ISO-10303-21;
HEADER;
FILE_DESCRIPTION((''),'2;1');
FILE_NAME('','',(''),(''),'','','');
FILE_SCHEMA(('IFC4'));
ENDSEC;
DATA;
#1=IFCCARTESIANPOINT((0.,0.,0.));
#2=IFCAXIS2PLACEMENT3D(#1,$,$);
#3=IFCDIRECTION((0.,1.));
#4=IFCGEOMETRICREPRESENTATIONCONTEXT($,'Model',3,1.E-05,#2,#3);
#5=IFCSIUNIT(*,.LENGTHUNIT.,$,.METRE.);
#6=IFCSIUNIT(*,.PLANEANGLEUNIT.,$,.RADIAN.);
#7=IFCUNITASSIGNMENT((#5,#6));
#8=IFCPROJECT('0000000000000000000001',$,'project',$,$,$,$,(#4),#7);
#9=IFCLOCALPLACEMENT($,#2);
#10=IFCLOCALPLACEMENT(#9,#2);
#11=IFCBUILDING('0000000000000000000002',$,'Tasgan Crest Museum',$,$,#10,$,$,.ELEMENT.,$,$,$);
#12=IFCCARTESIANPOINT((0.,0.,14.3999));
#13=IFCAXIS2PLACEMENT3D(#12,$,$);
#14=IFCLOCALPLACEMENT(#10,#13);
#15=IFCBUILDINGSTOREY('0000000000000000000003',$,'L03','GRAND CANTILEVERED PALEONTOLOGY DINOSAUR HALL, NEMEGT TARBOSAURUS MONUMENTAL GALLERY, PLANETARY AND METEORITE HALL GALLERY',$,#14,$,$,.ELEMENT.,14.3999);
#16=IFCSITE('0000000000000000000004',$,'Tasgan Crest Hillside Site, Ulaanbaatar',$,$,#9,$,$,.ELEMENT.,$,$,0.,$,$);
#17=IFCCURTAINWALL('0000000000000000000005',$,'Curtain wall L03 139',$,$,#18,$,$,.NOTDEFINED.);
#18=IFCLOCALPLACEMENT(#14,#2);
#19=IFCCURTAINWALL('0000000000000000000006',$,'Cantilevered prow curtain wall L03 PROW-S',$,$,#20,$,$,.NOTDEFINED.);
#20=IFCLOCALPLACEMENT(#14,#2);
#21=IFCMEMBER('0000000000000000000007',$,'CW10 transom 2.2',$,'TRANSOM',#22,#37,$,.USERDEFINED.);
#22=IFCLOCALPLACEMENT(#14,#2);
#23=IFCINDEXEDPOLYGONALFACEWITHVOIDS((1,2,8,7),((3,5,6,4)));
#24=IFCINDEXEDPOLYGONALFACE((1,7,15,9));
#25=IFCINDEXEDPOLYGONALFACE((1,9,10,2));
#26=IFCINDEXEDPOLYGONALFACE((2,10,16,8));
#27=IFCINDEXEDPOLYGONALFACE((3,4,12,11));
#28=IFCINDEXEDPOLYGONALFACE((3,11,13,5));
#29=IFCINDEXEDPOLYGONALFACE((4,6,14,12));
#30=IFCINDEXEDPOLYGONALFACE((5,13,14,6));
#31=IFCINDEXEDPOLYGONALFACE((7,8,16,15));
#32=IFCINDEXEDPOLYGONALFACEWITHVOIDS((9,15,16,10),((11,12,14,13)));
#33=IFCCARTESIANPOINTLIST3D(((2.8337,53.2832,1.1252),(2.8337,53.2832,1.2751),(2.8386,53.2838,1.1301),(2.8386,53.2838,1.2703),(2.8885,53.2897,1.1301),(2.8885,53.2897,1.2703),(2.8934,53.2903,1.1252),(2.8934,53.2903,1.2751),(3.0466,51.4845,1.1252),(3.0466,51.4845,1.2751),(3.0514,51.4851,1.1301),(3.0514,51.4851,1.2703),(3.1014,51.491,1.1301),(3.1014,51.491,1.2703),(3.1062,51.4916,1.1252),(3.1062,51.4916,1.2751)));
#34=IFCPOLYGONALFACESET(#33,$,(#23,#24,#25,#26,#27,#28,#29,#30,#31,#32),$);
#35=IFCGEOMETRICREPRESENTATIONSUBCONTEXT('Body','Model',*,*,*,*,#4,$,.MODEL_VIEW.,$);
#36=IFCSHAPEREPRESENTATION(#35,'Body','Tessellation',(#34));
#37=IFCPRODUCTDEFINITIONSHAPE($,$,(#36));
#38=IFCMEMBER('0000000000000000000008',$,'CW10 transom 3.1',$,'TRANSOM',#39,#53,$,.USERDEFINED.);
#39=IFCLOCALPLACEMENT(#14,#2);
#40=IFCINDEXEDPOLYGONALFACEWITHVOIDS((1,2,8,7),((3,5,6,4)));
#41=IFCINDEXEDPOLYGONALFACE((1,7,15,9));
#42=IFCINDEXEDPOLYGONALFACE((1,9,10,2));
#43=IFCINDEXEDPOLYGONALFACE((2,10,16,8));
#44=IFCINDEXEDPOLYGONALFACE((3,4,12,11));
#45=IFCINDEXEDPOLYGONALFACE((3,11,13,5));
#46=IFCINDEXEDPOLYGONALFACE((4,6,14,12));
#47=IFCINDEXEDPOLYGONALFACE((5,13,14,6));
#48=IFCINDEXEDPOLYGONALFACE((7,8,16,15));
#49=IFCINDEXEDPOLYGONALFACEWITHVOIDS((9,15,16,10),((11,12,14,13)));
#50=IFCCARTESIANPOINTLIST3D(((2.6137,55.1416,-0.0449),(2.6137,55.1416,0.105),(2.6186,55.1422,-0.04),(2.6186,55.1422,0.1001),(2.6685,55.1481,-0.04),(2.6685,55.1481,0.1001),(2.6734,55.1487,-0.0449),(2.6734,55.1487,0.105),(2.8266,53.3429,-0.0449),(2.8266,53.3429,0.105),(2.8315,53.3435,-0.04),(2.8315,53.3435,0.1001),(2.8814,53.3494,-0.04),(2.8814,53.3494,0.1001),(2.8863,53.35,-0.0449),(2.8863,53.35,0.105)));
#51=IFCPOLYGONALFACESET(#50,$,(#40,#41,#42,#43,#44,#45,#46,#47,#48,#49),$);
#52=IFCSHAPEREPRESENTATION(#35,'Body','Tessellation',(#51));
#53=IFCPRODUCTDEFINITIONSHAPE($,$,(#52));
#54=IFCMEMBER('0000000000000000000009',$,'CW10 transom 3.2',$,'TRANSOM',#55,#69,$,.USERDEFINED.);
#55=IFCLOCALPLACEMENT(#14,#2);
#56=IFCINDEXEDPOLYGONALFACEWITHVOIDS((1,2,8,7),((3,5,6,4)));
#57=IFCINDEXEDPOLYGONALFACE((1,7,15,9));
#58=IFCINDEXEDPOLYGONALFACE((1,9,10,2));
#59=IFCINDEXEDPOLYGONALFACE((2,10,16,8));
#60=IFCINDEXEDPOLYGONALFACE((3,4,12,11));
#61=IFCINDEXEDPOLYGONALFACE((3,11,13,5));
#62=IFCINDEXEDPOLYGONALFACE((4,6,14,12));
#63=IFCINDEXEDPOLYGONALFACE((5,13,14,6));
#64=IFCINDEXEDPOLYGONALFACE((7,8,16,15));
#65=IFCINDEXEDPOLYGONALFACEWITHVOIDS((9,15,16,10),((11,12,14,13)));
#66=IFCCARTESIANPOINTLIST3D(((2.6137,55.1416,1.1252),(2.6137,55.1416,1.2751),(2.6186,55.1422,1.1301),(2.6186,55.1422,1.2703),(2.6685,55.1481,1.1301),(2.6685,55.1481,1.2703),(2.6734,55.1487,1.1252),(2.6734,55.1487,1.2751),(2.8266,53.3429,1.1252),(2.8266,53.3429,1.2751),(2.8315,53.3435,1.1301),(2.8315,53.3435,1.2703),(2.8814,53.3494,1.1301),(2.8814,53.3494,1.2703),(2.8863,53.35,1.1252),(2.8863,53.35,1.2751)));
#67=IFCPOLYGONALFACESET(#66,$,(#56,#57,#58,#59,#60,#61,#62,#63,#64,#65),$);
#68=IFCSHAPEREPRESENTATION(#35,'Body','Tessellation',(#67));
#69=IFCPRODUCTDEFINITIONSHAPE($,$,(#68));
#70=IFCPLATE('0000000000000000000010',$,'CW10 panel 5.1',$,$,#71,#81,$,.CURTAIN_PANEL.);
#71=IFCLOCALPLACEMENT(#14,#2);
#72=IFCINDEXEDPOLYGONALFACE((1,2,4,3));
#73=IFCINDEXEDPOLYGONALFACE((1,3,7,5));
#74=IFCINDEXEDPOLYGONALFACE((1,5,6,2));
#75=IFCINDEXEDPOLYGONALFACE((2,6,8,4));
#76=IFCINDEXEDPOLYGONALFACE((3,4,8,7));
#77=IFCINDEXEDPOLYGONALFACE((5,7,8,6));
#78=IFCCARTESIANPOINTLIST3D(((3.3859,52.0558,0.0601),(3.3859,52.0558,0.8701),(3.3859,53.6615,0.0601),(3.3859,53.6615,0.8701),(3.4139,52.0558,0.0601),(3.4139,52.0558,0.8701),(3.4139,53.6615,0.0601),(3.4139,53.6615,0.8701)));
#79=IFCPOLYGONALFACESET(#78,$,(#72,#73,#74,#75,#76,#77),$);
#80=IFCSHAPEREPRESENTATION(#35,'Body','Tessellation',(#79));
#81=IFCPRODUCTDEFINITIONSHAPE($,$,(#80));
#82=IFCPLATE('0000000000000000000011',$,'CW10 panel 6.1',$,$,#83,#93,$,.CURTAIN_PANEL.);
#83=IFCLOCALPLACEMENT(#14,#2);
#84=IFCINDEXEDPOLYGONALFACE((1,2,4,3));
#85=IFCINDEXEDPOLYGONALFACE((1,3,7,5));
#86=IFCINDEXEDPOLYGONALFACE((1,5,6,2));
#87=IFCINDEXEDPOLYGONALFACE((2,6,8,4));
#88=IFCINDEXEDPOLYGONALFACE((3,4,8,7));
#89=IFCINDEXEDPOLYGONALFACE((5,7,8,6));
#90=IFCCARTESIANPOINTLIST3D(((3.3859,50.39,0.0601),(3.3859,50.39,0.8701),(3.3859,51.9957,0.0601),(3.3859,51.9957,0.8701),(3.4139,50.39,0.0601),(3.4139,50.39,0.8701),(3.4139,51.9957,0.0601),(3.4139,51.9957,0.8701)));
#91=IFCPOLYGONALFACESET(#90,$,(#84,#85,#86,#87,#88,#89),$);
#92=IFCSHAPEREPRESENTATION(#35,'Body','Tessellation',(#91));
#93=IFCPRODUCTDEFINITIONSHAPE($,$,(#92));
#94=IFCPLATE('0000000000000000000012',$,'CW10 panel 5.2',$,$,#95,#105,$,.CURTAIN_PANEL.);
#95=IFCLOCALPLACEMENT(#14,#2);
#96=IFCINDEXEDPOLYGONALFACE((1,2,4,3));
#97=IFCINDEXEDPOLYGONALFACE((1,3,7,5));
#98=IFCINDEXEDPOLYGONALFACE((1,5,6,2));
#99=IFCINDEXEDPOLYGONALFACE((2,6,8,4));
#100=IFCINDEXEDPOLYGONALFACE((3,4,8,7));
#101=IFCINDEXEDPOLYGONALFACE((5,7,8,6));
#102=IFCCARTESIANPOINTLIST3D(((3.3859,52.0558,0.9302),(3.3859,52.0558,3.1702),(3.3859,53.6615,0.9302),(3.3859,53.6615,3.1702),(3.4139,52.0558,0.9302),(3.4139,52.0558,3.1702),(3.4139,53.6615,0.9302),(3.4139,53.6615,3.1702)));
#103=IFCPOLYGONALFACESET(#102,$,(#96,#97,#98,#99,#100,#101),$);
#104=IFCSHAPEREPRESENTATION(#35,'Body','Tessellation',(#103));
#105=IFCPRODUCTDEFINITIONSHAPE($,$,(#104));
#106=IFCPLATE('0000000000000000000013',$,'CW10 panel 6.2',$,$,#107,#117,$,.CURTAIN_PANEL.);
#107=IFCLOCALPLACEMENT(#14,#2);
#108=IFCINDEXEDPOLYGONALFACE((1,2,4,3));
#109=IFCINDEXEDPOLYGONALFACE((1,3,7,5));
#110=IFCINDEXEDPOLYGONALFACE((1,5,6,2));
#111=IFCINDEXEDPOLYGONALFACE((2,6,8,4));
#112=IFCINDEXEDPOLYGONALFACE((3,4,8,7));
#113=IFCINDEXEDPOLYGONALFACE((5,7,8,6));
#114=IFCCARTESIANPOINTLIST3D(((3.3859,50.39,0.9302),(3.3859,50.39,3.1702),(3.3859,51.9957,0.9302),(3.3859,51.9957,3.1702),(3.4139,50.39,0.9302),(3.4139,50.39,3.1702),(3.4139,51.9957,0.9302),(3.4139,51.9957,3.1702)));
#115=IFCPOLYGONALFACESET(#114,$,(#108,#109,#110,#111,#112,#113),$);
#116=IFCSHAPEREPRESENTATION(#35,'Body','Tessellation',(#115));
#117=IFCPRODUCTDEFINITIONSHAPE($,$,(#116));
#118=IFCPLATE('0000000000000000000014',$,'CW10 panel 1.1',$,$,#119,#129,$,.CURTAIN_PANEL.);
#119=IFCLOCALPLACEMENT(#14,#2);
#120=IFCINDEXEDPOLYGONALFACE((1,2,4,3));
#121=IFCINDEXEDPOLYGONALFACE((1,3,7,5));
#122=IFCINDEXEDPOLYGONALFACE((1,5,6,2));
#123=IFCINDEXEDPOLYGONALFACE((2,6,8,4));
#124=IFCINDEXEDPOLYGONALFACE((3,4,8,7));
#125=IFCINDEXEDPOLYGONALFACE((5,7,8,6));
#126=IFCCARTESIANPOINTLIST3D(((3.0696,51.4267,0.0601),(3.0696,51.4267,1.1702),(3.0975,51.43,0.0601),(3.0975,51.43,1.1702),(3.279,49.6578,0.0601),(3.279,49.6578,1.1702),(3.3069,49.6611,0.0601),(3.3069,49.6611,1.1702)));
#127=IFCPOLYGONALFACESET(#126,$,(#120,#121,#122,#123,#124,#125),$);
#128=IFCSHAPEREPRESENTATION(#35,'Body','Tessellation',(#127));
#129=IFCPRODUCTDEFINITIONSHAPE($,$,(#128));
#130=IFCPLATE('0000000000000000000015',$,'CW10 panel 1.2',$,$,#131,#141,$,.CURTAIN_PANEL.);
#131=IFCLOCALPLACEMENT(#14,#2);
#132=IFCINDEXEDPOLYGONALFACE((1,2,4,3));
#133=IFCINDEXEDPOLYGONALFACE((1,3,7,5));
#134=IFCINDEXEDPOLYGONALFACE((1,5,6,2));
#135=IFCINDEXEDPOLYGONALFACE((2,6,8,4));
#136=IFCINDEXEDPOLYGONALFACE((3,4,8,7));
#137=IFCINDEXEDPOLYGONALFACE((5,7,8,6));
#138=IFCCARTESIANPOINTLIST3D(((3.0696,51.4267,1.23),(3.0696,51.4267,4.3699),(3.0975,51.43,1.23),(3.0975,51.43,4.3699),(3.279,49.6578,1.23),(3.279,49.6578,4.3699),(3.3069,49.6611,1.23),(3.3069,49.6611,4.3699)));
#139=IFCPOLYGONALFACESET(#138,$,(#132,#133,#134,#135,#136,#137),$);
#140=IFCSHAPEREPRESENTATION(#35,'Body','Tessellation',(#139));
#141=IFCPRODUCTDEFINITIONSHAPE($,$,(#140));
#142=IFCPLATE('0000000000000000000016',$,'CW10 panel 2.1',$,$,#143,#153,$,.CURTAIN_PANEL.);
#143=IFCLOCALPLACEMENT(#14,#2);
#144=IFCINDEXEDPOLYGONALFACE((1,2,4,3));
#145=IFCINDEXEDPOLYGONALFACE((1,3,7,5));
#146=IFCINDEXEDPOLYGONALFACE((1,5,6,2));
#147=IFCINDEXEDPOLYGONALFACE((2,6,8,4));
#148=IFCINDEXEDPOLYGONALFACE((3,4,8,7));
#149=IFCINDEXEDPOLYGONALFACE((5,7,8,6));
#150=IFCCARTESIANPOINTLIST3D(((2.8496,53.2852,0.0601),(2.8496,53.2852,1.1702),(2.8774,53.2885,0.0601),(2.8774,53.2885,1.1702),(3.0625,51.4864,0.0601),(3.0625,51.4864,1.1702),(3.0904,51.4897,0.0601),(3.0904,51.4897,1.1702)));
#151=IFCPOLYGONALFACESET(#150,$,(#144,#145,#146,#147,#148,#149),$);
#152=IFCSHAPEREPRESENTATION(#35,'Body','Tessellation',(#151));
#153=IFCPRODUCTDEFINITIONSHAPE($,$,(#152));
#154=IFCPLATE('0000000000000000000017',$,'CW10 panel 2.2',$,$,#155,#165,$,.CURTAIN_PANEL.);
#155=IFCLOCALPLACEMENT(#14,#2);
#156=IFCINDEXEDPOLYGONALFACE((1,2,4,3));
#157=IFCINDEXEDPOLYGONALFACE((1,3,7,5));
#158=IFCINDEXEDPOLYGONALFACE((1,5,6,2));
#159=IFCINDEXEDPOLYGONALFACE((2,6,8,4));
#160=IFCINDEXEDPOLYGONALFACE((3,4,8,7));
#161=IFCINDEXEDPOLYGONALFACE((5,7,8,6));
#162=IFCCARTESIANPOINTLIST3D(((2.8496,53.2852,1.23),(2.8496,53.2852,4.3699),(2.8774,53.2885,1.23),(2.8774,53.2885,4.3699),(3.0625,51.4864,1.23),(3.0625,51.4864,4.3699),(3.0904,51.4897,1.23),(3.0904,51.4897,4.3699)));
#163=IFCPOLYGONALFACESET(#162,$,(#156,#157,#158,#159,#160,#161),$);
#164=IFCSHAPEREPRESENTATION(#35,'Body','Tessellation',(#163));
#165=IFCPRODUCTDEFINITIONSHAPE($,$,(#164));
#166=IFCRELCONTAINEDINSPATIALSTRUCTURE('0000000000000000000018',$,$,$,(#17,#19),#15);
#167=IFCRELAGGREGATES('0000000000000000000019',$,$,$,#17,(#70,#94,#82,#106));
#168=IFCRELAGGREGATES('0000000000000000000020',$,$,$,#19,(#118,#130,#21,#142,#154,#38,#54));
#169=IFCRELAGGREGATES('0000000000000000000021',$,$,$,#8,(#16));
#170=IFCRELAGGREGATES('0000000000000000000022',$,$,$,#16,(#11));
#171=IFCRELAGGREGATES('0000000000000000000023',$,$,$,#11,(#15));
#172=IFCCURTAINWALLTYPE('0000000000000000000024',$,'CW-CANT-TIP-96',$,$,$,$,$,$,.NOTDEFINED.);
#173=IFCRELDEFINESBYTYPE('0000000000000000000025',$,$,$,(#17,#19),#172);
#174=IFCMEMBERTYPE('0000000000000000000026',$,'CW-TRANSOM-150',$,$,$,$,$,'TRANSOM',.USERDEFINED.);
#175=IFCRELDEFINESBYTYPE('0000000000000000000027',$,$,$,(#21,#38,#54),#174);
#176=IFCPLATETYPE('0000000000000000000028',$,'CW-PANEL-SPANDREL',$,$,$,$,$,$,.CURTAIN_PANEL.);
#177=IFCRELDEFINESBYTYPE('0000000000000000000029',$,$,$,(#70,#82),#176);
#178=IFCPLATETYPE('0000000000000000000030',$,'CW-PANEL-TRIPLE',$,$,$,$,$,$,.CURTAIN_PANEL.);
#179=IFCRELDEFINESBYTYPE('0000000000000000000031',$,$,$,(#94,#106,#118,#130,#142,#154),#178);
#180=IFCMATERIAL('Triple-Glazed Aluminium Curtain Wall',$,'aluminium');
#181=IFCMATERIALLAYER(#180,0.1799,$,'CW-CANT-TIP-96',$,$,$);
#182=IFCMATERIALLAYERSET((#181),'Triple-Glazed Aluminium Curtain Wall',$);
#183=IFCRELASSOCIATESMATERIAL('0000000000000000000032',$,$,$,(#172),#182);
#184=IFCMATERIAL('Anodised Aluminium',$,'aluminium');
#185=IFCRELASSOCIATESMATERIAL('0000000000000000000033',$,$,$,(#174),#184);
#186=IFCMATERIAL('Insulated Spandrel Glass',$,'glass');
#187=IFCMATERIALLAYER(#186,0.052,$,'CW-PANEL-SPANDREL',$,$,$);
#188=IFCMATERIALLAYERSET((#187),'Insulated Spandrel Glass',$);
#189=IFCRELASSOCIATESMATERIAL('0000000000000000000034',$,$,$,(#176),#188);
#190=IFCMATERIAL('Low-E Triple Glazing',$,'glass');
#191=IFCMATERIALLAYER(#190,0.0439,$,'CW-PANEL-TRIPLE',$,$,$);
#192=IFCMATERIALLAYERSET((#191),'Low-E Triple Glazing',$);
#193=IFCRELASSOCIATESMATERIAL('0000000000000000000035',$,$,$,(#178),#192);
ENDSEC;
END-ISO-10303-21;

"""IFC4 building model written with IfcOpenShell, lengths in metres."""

from ifc_helpers import new_model, si_unit, direction, frame, origin, origin_2d, place, context, subcontext, project, spatial, rectangle, hollow_rectangle, extrude, material, layer, layer_set, material_profile, profile_set, type_object, element, aggregate, save


model = new_model("IFC4")

# Units and contexts
model_context = context("Model", 3, precision=1e-05, world=origin(), true_north=direction((0.0, 1.0)))
body_context = subcontext(model_context, "Body", "Model", "MODEL_VIEW")
ifc_project = project(units=[si_unit("LENGTHUNIT", "METRE"), si_unit("PLANEANGLEUNIT", "RADIAN")], contexts=[model_context])

# Site, building, storey
site_placement = place(None, origin())
site = spatial("IfcSite", under=ifc_project, at=site_placement, Name="Tasgan Crest Hillside Site, Ulaanbaatar", CompositionType="ELEMENT", RefElevation=0.0)
building_placement = place(site_placement, origin())
building = spatial("IfcBuilding", under=site, at=building_placement, Name="Tasgan Crest Museum", CompositionType="ELEMENT")
storey_placement = place(building_placement, frame((0.0, 0.0, 14.3999)))
storey = spatial("IfcBuildingStorey", under=building, at=storey_placement, Name="L03", Description="GRAND CANTILEVERED PALEONTOLOGY DINOSAUR HALL, NEMEGT TARBOSAURUS MONUMENTAL GALLERY, PLANETARY AND METEORITE HALL GALLERY", CompositionType="ELEMENT", Elevation=14.3999)

# Curtain walls
ifc_material_1 = material(Name="Triple-Glazed Aluminium Curtain Wall", Category="aluminium")
ifc_layer_1 = layer(ifc_material_1, 0.1799, Name="CW-CANT-TIP-96")
ifc_layer_set_1 = layer_set([ifc_layer_1], Name="Triple-Glazed Aluminium Curtain Wall")
curtain_wall_type = type_object("IfcCurtainWallType", Name="CW-CANT-TIP-96", PredefinedType="NOTDEFINED", material=ifc_layer_set_1)
curtain_wall_1_placement = place(storey_placement, origin())
curtain_wall_1 = element("IfcCurtainWall", 1, at=curtain_wall_1_placement, inside=storey, type_object=curtain_wall_type, Name="Curtain wall L03 139", PredefinedType="NOTDEFINED")
curtain_wall_2_placement = place(storey_placement, origin())
curtain_wall_2 = element("IfcCurtainWall", 2, at=curtain_wall_2_placement, inside=storey, type_object=curtain_wall_type, Name="Cantilevered prow curtain wall L03 PROW-S", PredefinedType="NOTDEFINED")

# Members
ifc_material_2 = material(Name="Anodised Aluminium", Category="aluminium")
ifc_material_profile_1 = material_profile(ifc_material_2, hollow_rectangle(XDim=0.0601, YDim=0.1499, WallThickness=0.0049, at=origin_2d()), Name="ALU TRANSOM 150x60x5")
ifc_profile_set_1 = profile_set([ifc_material_profile_1], Name="Anodised Aluminium")
member_type_1 = type_object("IfcMemberType", Name="CW-TRANSOM-150", ElementType="TRANSOM", PredefinedType="USERDEFINED", material=ifc_profile_set_1)
member_1_placement = place(storey_placement, frame((3.0764, 51.488, 1.2002), z_axis=(-0.117529, 0.993069, 0.0), x_axis=(-0.993069, -0.117529, 0.0)))
member_1 = element("IfcMember", 3, at=member_1_placement, type_object=member_type_1, Name="CW10 transom 2.2", ObjectType="TRANSOM", PredefinedType="USERDEFINED", context=body_context, shape_type="SweptSolid", body=[
    extrude(hollow_rectangle(XDim=0.0601, YDim=0.1499, WallThickness=0.0049, at=origin_2d()), origin(), (0.0, 0.0, 1.0), 1.8113),
])
member_2_placement = place(storey_placement, frame((2.8564, 53.3464, 0.03), z_axis=(-0.117529, 0.993069, 0.0), x_axis=(-0.993069, -0.117529, 0.0)))
member_2 = element("IfcMember", 4, at=member_2_placement, type_object=member_type_1, Name="CW10 transom 3.1", ObjectType="TRANSOM", PredefinedType="USERDEFINED", context=body_context, shape_type="SweptSolid", body=[
    extrude(hollow_rectangle(XDim=0.0601, YDim=0.1499, WallThickness=0.0049, at=origin_2d()), origin(), (0.0, 0.0, 1.0), 1.8113),
])
member_3_placement = place(storey_placement, frame((2.8564, 53.3464, 1.2002), z_axis=(-0.117529, 0.993069, 0.0), x_axis=(-0.993069, -0.117529, 0.0)))
member_3 = element("IfcMember", 5, at=member_3_placement, type_object=member_type_1, Name="CW10 transom 3.2", ObjectType="TRANSOM", PredefinedType="USERDEFINED", context=body_context, shape_type="SweptSolid", body=[
    extrude(hollow_rectangle(XDim=0.0601, YDim=0.1499, WallThickness=0.0049, at=origin_2d()), origin(), (0.0, 0.0, 1.0), 1.8113),
])

# Plates
ifc_material_3 = material(Name="Insulated Spandrel Glass", Category="glass")
ifc_layer_2 = layer(ifc_material_3, 0.052, Name="CW-PANEL-SPANDREL")
ifc_layer_set_2 = layer_set([ifc_layer_2], Name="Insulated Spandrel Glass")
plate_type_1 = type_object("IfcPlateType", Name="CW-PANEL-SPANDREL", PredefinedType="CURTAIN_PANEL", material=ifc_layer_set_2)
plate_1_placement = place(storey_placement, frame((3.3999, 52.8586, 0.0601), z_axis=(0.0, 0.0, 1.0), x_axis=(0.0, -1.0, 0.0)))
plate_1 = element("IfcPlate", 6, at=plate_1_placement, type_object=plate_type_1, Name="CW10 panel 5.1", PredefinedType="CURTAIN_PANEL", context=body_context, shape_type="SweptSolid", body=[
    extrude(rectangle(XDim=1.6057, YDim=0.0281, at=origin_2d()), origin(), (0.0, 0.0, 1.0), 0.8101),
])
plate_2_placement = place(storey_placement, frame((3.3999, 51.1929, 0.0601), z_axis=(0.0, 0.0, 1.0), x_axis=(0.0, -1.0, 0.0)))
plate_2 = element("IfcPlate", 7, at=plate_2_placement, type_object=plate_type_1, Name="CW10 panel 6.1", PredefinedType="CURTAIN_PANEL", context=body_context, shape_type="SweptSolid", body=[
    extrude(rectangle(XDim=1.6057, YDim=0.0281, at=origin_2d()), origin(), (0.0, 0.0, 1.0), 0.8101),
])
ifc_material_4 = material(Name="Low-E Triple Glazing", Category="glass")
ifc_layer_3 = layer(ifc_material_4, 0.0439, Name="CW-PANEL-TRIPLE")
ifc_layer_set_3 = layer_set([ifc_layer_3], Name="Low-E Triple Glazing")
plate_type_2 = type_object("IfcPlateType", Name="CW-PANEL-TRIPLE", PredefinedType="CURTAIN_PANEL", material=ifc_layer_set_3)
plate_3_placement = place(storey_placement, frame((3.3999, 52.8586, 0.9302), z_axis=(0.0, 0.0, 1.0), x_axis=(0.0, -1.0, 0.0)))
plate_3 = element("IfcPlate", 8, at=plate_3_placement, type_object=plate_type_2, Name="CW10 panel 5.2", PredefinedType="CURTAIN_PANEL", context=body_context, shape_type="SweptSolid", body=[
    extrude(rectangle(XDim=1.6057, YDim=0.0281, at=origin_2d()), origin(), (0.0, 0.0, 1.0), 2.24),
])
plate_4_placement = place(storey_placement, frame((3.3999, 51.1929, 0.9302), z_axis=(0.0, 0.0, 1.0), x_axis=(0.0, -1.0, 0.0)))
plate_4 = element("IfcPlate", 9, at=plate_4_placement, type_object=plate_type_2, Name="CW10 panel 6.2", PredefinedType="CURTAIN_PANEL", context=body_context, shape_type="SweptSolid", body=[
    extrude(rectangle(XDim=1.6057, YDim=0.0281, at=origin_2d()), origin(), (0.0, 0.0, 1.0), 2.24),
])
aggregate(curtain_wall_1, [plate_1, plate_3, plate_2, plate_4])
plate_5_placement = place(storey_placement, frame((3.1882, 50.5439, 0.0601), z_axis=(0.0, 0.0, 1.0), x_axis=(-0.117565, 0.993065, 0.0)))
plate_5 = element("IfcPlate", 10, at=plate_5_placement, type_object=plate_type_2, Name="CW10 panel 1.1", PredefinedType="CURTAIN_PANEL", context=body_context, shape_type="SweptSolid", body=[
    extrude(rectangle(XDim=1.7812, YDim=0.0281, at=origin_2d()), origin(), (0.0, 0.0, 1.0), 1.1101),
])
plate_6_placement = place(storey_placement, frame((3.1882, 50.5439, 1.23), z_axis=(0.0, 0.0, 1.0), x_axis=(-0.117565, 0.993065, 0.0)))
plate_6 = element("IfcPlate", 11, at=plate_6_placement, type_object=plate_type_2, Name="CW10 panel 1.2", PredefinedType="CURTAIN_PANEL", context=body_context, shape_type="SweptSolid", body=[
    extrude(rectangle(XDim=1.7812, YDim=0.0281, at=origin_2d()), origin(), (0.0, 0.0, 1.0), 3.1399),
])
plate_7_placement = place(storey_placement, frame((2.97, 52.3875, 0.0601), z_axis=(0.0, 0.0, 1.0), x_axis=(-0.117565, 0.993065, 0.0)))
plate_7 = element("IfcPlate", 12, at=plate_7_placement, type_object=plate_type_2, Name="CW10 panel 2.1", PredefinedType="CURTAIN_PANEL", context=body_context, shape_type="SweptSolid", body=[
    extrude(rectangle(XDim=1.8113, YDim=0.0281, at=origin_2d()), origin(), (0.0, 0.0, 1.0), 1.1101),
])
plate_8_placement = place(storey_placement, frame((2.97, 52.3875, 1.23), z_axis=(0.0, 0.0, 1.0), x_axis=(-0.117565, 0.993065, 0.0)))
plate_8 = element("IfcPlate", 13, at=plate_8_placement, type_object=plate_type_2, Name="CW10 panel 2.2", PredefinedType="CURTAIN_PANEL", context=body_context, shape_type="SweptSolid", body=[
    extrude(rectangle(XDim=1.8113, YDim=0.0281, at=origin_2d()), origin(), (0.0, 0.0, 1.0), 3.1399),
])
aggregate(curtain_wall_2, [plate_5, plate_6, member_1, plate_7, plate_8, member_2, member_3])

save(model, "model.ifc")
